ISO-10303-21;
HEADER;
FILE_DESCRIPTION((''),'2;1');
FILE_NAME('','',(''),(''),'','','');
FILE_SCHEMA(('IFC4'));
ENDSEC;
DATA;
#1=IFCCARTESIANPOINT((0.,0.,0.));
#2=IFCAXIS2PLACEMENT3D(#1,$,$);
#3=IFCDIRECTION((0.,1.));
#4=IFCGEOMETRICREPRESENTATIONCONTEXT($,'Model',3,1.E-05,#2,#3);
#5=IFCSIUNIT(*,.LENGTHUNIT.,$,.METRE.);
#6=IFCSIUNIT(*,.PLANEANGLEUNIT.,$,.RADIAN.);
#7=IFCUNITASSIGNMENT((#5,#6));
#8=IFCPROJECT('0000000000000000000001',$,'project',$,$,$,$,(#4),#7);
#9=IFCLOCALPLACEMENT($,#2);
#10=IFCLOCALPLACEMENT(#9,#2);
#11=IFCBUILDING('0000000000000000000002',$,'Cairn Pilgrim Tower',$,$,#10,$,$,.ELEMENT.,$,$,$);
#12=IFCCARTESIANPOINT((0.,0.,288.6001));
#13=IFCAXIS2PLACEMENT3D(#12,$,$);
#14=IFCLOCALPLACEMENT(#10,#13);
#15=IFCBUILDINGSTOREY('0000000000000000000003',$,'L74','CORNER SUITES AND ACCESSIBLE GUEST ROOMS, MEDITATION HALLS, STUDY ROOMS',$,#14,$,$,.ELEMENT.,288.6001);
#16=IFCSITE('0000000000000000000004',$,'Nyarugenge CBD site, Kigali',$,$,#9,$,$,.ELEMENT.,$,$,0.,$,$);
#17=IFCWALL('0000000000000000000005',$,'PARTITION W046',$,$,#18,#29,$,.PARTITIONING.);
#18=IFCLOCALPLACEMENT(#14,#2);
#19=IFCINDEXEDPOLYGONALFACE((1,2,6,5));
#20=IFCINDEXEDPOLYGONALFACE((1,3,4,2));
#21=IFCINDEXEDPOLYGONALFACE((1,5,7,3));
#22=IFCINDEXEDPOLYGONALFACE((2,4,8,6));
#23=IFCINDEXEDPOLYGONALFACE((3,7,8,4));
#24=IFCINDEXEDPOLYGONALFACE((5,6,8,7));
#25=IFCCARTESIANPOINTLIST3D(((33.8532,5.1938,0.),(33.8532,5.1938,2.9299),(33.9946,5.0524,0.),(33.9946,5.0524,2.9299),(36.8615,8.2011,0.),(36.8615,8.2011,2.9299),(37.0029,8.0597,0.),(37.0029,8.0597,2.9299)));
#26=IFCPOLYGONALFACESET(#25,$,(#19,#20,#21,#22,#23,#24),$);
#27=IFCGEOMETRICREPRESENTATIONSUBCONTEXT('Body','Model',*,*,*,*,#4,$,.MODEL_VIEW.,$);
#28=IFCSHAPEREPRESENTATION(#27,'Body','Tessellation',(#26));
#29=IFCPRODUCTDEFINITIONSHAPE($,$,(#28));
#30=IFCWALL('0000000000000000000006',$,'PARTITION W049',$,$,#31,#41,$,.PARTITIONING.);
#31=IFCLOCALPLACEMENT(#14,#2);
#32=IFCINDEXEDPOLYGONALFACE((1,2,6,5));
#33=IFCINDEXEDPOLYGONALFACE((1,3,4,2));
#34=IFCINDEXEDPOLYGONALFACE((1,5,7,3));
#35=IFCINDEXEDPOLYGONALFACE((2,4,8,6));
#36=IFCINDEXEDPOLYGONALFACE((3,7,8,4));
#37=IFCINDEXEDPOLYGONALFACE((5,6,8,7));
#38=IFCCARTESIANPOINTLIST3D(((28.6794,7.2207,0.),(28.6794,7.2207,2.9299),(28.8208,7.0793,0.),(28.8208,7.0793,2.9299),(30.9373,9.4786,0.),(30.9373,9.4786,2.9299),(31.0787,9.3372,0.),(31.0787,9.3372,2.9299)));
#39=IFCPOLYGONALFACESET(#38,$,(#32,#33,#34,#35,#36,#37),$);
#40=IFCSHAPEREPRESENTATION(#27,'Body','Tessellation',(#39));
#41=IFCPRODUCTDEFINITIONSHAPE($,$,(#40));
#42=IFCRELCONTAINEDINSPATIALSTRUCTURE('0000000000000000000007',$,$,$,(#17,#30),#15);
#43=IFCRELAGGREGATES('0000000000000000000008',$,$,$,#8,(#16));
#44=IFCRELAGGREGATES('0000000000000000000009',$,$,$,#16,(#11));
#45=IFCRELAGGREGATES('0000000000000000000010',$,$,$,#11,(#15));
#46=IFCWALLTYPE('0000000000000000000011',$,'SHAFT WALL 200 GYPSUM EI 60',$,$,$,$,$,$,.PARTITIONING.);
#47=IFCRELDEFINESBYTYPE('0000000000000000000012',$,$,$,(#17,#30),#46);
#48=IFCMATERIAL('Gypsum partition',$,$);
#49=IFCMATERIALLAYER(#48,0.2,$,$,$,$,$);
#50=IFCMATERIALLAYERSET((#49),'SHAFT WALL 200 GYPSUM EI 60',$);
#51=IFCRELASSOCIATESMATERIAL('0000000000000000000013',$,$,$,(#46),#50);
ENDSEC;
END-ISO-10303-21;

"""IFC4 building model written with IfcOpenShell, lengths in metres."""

from ifc_helpers import new_model, si_unit, direction, frame, frame_2d, origin, place, context, subcontext, project, spatial, rectangle, extrude, material, layer, layer_set, type_object, element, save


model = new_model("IFC4")

# Units and contexts
model_context = context("Model", 3, precision=1e-05, world=origin(), true_north=direction((0.0, 1.0)))
body_context = subcontext(model_context, "Body", "Model", "MODEL_VIEW")
ifc_project = project(units=[si_unit("LENGTHUNIT", "METRE"), si_unit("PLANEANGLEUNIT", "RADIAN")], contexts=[model_context])

# Site, building, storey
site_placement = place(None, origin())
site = spatial("IfcSite", under=ifc_project, at=site_placement, Name="Nyarugenge CBD site, Kigali", CompositionType="ELEMENT", RefElevation=0.0)
building_placement = place(site_placement, origin())
building = spatial("IfcBuilding", under=site, at=building_placement, Name="Cairn Pilgrim Tower", CompositionType="ELEMENT")
storey_placement = place(building_placement, frame((0.0, 0.0, 288.6001)))
storey = spatial("IfcBuildingStorey", under=building, at=storey_placement, Name="L74", Description="CORNER SUITES AND ACCESSIBLE GUEST ROOMS, MEDITATION HALLS, STUDY ROOMS", CompositionType="ELEMENT", Elevation=288.6001)

# Shared definitions
ifc_material_1 = material(Name="Gypsum partition")

# Walls
ifc_layer_1 = layer(ifc_material_1, 0.2)
ifc_layer_set_1 = layer_set([ifc_layer_1], Name="SHAFT WALL 200 GYPSUM EI 60")
wall_type_1 = type_object("IfcWallType", Name="SHAFT WALL 200 GYPSUM EI 60", PredefinedType="PARTITIONING", material=ifc_layer_set_1)
wall_1_placement = place(storey_placement, frame((33.9238, 5.123, 0.0), z_axis=(0.0, 0.0, 1.0), x_axis=(0.707222, 0.706992, 0.0)))
element("IfcWall", 1, at=wall_1_placement, inside=storey, type_object=wall_type_1, Name="PARTITION W046", PredefinedType="PARTITIONING", context=body_context, shape_type="SweptSolid", body=[
    extrude(rectangle(XDim=4.2537, YDim=0.2, at=frame_2d((2.127, 0.0))), origin(), (0.0, 0.0, 1.0), 2.9299),
])
wall_2_placement = place(storey_placement, frame((28.75, 7.1499, 0.0), z_axis=(0.0, 0.0, 1.0), x_axis=(0.707107, 0.707107, 0.0)))
element("IfcWall", 2, at=wall_2_placement, inside=storey, type_object=wall_type_1, Name="PARTITION W049", PredefinedType="PARTITIONING", context=body_context, shape_type="SweptSolid", body=[
    extrude(rectangle(XDim=3.1931, YDim=0.2, at=frame_2d((1.5967, 0.0))), origin(), (0.0, 0.0, 1.0), 2.9299),
])

save(model, "model.ifc")
